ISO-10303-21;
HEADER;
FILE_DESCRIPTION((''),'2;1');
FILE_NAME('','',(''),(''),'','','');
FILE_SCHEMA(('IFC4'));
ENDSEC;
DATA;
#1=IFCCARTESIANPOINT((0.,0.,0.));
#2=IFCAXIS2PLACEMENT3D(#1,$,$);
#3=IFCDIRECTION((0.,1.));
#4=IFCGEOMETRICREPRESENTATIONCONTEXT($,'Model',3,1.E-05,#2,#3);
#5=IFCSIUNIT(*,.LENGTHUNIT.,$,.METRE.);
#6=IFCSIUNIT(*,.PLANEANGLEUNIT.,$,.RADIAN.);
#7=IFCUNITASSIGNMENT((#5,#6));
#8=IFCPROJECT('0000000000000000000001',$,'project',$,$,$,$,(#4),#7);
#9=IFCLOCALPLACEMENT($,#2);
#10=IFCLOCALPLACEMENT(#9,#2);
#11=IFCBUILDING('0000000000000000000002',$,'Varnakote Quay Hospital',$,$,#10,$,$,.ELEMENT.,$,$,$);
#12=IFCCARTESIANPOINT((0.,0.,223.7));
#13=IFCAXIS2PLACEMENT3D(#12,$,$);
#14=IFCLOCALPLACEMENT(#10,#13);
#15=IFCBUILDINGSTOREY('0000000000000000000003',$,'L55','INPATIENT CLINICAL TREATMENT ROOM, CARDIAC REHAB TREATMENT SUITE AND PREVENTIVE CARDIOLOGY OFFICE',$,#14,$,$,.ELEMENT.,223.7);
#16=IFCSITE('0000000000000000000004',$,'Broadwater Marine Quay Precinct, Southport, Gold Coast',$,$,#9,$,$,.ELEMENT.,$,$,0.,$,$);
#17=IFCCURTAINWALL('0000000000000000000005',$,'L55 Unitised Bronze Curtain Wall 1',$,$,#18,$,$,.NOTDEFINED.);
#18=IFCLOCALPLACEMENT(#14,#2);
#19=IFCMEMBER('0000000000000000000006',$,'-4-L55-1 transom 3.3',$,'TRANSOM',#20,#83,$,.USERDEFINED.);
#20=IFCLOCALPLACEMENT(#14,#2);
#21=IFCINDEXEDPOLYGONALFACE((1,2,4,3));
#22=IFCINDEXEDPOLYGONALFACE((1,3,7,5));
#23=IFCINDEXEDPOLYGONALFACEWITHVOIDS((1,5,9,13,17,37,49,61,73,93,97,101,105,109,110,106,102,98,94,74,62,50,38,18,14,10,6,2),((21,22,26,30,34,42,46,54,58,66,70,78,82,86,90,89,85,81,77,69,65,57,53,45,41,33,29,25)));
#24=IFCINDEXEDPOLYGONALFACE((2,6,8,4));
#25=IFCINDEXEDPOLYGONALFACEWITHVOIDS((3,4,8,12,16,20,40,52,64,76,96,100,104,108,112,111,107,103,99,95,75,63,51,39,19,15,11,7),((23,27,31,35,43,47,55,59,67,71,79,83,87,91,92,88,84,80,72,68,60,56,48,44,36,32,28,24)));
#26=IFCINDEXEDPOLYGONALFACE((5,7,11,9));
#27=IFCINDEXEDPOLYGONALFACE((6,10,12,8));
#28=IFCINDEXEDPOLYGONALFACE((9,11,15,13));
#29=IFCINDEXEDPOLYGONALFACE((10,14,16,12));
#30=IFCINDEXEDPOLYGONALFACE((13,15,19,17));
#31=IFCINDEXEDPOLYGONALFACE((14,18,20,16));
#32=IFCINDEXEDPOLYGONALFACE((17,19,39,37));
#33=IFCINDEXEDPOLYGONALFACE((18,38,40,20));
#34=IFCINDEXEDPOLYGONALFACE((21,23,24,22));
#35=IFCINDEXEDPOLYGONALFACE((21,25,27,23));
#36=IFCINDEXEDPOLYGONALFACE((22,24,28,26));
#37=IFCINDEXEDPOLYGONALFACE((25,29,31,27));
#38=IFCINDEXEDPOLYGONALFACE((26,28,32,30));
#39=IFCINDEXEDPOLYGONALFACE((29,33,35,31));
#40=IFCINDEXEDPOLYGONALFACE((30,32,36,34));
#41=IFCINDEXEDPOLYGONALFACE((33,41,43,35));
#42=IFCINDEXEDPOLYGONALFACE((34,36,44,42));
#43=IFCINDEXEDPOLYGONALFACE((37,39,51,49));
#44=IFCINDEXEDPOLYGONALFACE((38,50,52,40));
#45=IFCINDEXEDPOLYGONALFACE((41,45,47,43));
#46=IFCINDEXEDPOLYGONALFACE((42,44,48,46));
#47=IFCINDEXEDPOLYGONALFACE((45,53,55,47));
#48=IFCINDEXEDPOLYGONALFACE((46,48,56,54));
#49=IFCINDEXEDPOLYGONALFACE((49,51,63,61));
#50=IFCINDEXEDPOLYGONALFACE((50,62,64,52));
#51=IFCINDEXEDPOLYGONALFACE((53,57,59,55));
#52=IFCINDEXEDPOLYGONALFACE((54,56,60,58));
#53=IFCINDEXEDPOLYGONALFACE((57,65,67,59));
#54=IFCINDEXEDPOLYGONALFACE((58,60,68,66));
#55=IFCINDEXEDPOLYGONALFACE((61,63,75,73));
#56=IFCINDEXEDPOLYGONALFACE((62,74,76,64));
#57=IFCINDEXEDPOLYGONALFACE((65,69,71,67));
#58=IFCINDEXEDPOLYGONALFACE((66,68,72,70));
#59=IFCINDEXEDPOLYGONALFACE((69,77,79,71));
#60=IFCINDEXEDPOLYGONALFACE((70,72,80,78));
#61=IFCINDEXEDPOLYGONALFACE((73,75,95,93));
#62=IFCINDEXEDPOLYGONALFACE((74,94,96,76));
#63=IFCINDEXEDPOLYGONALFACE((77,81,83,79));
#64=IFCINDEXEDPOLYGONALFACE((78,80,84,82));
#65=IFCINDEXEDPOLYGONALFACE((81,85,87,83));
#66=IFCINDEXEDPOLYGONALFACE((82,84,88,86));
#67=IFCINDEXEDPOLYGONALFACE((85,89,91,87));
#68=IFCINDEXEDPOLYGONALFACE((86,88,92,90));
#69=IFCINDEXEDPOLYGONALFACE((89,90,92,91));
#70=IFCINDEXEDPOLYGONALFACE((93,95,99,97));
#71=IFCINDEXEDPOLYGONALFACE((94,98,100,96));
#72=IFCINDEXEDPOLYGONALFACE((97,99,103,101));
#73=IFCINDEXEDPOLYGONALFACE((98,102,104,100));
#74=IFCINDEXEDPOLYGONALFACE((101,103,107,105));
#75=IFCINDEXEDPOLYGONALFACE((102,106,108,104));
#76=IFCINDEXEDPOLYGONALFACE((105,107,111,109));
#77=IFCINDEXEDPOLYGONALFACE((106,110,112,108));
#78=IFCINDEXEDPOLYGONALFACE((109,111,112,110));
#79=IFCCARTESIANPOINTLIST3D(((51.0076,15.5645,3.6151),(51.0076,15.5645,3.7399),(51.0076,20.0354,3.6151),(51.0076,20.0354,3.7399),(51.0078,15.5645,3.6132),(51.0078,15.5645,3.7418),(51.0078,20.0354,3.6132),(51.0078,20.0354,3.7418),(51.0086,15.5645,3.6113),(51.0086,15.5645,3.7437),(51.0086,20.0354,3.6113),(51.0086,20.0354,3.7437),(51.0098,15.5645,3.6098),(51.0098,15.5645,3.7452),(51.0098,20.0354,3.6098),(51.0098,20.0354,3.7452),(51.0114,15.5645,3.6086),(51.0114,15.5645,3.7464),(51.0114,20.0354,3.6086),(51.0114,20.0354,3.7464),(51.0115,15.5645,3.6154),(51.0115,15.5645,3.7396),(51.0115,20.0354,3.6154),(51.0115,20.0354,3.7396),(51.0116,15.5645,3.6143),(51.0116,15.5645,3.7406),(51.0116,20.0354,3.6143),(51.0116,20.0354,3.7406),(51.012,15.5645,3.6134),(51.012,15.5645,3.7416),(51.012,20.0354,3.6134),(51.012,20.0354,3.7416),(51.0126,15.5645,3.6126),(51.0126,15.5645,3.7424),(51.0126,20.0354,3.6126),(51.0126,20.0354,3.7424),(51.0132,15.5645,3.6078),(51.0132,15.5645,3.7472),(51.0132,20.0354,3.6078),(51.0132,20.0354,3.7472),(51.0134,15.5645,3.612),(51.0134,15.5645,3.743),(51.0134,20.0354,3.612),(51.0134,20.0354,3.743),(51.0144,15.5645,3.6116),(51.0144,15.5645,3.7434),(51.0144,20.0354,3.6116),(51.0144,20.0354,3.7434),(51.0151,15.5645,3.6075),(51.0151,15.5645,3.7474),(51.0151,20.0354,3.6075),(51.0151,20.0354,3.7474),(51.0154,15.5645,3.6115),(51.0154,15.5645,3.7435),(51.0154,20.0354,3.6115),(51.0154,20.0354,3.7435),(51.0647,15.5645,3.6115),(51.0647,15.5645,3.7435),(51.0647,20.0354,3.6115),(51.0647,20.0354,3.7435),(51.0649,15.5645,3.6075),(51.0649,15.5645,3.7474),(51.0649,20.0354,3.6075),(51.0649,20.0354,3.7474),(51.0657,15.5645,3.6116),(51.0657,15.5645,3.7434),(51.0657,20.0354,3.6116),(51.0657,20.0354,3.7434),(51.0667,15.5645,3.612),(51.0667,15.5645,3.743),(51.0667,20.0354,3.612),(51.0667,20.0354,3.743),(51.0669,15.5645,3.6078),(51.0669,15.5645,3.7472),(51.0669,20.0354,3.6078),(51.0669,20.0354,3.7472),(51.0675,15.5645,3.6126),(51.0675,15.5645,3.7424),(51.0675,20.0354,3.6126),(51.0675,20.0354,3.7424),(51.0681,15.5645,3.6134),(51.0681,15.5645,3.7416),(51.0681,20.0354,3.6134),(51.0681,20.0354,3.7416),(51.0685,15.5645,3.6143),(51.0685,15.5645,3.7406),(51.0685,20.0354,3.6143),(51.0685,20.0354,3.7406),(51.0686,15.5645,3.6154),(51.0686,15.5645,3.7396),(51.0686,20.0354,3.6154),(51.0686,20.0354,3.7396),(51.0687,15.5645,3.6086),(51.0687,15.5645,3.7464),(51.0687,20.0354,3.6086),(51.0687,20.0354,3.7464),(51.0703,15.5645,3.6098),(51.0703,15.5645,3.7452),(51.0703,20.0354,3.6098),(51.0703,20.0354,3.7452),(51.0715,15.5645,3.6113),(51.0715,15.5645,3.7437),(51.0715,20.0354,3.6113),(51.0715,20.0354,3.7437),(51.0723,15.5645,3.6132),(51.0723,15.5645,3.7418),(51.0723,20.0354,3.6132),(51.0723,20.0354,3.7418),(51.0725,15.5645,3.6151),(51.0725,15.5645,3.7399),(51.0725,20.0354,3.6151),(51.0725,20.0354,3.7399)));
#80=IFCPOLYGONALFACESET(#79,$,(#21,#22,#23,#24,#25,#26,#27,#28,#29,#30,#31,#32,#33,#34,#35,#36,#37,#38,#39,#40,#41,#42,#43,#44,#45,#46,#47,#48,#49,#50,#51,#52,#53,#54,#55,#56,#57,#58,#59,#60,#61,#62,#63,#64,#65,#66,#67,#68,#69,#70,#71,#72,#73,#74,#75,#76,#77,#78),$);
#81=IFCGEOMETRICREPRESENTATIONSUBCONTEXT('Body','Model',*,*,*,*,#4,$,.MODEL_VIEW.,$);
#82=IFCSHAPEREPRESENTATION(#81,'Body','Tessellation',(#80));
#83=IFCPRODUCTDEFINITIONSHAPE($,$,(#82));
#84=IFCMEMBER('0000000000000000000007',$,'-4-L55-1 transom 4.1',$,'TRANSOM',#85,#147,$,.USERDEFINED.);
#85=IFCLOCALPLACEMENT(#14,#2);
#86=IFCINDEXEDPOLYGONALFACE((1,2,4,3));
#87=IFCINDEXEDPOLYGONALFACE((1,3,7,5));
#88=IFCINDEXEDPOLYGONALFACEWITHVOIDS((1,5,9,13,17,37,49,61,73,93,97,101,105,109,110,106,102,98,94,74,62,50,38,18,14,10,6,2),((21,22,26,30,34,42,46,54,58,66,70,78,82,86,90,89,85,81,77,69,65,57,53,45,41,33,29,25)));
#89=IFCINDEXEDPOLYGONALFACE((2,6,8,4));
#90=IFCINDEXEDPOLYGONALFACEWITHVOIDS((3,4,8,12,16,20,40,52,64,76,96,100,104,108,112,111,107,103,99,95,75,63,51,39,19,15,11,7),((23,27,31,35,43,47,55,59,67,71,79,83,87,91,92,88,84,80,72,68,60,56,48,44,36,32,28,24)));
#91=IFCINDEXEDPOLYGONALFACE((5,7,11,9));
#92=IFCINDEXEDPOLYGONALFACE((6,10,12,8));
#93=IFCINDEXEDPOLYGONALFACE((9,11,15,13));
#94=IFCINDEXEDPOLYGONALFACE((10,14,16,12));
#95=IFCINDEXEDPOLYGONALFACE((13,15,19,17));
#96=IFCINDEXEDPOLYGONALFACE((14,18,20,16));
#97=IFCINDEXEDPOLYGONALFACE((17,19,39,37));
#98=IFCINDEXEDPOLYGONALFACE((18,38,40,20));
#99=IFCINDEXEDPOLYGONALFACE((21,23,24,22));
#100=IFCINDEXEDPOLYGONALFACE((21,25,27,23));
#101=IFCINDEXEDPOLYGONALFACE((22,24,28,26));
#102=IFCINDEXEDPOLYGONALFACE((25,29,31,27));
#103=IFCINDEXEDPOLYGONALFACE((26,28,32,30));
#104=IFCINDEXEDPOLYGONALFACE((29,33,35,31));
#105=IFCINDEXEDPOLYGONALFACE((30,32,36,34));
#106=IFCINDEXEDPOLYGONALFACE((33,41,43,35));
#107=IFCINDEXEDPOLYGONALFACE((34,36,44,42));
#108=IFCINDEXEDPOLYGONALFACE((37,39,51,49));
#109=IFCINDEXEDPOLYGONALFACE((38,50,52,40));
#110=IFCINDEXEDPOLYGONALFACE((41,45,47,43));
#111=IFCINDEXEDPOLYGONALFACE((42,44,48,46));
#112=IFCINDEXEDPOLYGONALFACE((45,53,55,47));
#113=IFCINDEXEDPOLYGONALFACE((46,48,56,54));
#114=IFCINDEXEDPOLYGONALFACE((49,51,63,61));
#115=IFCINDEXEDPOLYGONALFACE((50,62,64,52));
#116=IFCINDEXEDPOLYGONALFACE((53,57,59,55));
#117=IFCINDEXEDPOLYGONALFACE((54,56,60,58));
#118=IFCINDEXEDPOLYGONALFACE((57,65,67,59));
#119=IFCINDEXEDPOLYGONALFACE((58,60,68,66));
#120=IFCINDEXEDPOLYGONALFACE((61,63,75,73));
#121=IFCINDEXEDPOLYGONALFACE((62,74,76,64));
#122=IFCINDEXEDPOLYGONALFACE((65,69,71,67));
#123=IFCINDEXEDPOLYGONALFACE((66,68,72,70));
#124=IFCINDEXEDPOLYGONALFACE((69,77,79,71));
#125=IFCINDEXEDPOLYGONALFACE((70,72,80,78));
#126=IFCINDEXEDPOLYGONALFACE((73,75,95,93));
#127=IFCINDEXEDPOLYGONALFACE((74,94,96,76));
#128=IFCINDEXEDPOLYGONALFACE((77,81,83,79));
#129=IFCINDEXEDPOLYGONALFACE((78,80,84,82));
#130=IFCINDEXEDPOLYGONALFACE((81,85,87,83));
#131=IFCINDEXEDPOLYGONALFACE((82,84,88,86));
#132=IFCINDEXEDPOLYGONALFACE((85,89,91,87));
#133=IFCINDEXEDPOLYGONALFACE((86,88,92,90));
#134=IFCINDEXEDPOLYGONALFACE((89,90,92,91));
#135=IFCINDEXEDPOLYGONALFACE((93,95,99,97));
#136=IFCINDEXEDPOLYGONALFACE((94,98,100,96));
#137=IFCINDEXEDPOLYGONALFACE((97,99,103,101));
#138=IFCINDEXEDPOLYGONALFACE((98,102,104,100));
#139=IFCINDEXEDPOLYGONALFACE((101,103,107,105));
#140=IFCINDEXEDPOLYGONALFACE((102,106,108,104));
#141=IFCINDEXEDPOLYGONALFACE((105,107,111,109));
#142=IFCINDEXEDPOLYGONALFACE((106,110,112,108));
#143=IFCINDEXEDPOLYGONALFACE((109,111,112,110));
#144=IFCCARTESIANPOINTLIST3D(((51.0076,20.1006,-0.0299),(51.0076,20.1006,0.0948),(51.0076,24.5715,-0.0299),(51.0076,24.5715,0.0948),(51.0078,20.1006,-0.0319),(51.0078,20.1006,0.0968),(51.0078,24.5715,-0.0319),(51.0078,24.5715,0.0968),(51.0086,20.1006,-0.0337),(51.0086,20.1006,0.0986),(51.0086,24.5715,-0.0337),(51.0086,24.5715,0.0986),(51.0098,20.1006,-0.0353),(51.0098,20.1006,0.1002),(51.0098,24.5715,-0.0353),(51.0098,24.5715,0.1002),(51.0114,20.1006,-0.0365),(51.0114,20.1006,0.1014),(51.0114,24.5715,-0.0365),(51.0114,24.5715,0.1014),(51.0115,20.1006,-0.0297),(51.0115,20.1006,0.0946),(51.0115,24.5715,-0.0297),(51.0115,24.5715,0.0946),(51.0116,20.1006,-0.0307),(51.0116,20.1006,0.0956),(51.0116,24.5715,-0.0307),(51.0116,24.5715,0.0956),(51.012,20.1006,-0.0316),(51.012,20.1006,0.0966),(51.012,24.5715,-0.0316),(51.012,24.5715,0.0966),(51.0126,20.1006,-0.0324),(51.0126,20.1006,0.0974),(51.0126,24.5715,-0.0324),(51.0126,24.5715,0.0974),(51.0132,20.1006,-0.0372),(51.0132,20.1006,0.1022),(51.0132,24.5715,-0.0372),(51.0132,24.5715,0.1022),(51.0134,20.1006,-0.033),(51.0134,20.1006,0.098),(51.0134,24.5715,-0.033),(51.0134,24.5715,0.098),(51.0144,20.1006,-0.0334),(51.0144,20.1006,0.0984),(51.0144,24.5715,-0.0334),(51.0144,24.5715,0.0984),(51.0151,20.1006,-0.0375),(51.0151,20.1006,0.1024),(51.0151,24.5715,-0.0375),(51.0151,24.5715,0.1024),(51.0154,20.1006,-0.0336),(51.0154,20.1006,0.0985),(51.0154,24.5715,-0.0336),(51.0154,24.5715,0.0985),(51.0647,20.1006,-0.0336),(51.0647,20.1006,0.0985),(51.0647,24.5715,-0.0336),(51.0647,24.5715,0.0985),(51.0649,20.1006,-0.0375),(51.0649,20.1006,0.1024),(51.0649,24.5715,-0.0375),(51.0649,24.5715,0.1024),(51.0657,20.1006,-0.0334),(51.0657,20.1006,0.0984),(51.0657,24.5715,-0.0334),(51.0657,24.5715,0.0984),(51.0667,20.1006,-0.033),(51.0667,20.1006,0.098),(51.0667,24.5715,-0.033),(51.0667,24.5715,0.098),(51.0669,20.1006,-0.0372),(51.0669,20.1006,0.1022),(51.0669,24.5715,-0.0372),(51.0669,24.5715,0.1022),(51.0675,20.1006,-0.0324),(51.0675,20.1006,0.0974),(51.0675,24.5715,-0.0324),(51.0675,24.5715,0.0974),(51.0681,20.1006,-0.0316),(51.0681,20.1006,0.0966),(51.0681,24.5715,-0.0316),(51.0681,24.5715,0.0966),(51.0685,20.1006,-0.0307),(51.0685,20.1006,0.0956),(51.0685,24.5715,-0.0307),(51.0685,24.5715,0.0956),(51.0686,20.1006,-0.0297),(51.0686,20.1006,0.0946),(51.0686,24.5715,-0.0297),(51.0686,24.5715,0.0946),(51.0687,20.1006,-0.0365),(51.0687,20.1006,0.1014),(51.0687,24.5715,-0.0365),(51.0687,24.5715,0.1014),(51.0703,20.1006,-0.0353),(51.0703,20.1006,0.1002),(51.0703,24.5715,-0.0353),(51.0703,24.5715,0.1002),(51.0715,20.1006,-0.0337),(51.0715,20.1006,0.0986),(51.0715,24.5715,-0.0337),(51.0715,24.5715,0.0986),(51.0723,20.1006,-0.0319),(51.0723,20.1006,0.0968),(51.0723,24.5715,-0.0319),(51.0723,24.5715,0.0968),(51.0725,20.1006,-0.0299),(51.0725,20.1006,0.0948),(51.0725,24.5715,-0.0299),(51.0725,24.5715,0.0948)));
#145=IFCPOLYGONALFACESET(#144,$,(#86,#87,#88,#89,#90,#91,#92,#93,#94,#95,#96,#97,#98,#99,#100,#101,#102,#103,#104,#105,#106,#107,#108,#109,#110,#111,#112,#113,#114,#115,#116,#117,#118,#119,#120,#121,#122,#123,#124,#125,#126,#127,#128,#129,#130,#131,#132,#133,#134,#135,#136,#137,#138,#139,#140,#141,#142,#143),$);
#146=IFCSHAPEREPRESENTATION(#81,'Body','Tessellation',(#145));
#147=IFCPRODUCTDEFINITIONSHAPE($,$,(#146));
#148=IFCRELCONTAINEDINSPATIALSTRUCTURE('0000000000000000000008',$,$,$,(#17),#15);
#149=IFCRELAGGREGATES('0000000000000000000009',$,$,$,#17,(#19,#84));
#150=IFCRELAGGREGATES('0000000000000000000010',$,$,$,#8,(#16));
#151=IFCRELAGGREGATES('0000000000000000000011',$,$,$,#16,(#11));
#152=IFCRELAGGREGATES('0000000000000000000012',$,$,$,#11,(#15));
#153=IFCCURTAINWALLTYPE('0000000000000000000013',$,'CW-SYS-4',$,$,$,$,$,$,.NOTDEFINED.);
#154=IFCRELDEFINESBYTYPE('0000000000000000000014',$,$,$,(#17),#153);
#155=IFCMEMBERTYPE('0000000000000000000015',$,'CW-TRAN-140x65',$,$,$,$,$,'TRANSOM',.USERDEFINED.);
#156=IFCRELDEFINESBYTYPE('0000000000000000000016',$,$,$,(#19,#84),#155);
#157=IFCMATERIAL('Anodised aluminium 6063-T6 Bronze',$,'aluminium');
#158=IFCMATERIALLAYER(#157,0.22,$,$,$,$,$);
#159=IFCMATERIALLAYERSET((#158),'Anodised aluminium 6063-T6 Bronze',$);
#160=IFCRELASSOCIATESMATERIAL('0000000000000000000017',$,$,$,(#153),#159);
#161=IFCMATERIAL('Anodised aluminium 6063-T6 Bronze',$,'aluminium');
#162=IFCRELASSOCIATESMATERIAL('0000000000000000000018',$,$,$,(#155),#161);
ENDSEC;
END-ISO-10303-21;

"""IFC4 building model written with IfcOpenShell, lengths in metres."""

from ifc_helpers import new_model, si_unit, direction, frame, origin, origin_2d, place, context, subcontext, project, spatial, hollow_rectangle, extrude, material, layer, layer_set, material_profile, profile_set, type_object, element, aggregate, save


model = new_model("IFC4")

# Units and contexts
model_context = context("Model", 3, precision=1e-05, world=origin(), true_north=direction((0.0, 1.0)))
body_context = subcontext(model_context, "Body", "Model", "MODEL_VIEW")
ifc_project = project(units=[si_unit("LENGTHUNIT", "METRE"), si_unit("PLANEANGLEUNIT", "RADIAN")], contexts=[model_context])

# Site, building, storey
site_placement = place(None, origin())
site = spatial("IfcSite", under=ifc_project, at=site_placement, Name="Broadwater Marine Quay Precinct, Southport, Gold Coast", CompositionType="ELEMENT", RefElevation=0.0)
building_placement = place(site_placement, origin())
building = spatial("IfcBuilding", under=site, at=building_placement, Name="Varnakote Quay Hospital", CompositionType="ELEMENT")
storey_placement = place(building_placement, frame((0.0, 0.0, 223.7)))
storey = spatial("IfcBuildingStorey", under=building, at=storey_placement, Name="L55", Description="INPATIENT CLINICAL TREATMENT ROOM, CARDIAC REHAB TREATMENT SUITE AND PREVENTIVE CARDIOLOGY OFFICE", CompositionType="ELEMENT", Elevation=223.7)

# Curtain wall, members
ifc_material_1 = material(Name="Anodised aluminium 6063-T6 Bronze", Category="aluminium")
ifc_layer_1 = layer(ifc_material_1, 0.22)
ifc_layer_set_1 = layer_set([ifc_layer_1], Name="Anodised aluminium 6063-T6 Bronze")
curtain_wall_type = type_object("IfcCurtainWallType", Name="CW-SYS-4", PredefinedType="NOTDEFINED", material=ifc_layer_set_1)
curtain_wall_placement = place(storey_placement, origin())
curtain_wall = element("IfcCurtainWall", 1, at=curtain_wall_placement, inside=storey, type_object=curtain_wall_type, Name="L55 Unitised Bronze Curtain Wall 1", PredefinedType="NOTDEFINED")
ifc_material_2 = material(Name="Anodised aluminium 6063-T6 Bronze", Category="aluminium")
ifc_material_profile_1 = material_profile(ifc_material_2, hollow_rectangle(XDim=0.0649, YDim=0.1399, WallThickness=0.0039, InnerFilletRadius=0.0039, OuterFilletRadius=0.0076, at=origin_2d()), Name="CW-TRAN-140x65")
ifc_profile_set_1 = profile_set([ifc_material_profile_1], Name="Anodised aluminium 6063-T6 Bronze")
member_type_1 = type_object("IfcMemberType", Name="CW-TRAN-140x65", ElementType="TRANSOM", PredefinedType="USERDEFINED", material=ifc_profile_set_1)
member_1_placement = place(storey_placement, frame((51.04, 15.5645, 3.6775), z_axis=(0.0, 1.0, 0.0), x_axis=(-1.0, 0.0, 0.0)))
member_1 = element("IfcMember", 2, at=member_1_placement, type_object=member_type_1, Name="-4-L55-1 transom 3.3", ObjectType="TRANSOM", PredefinedType="USERDEFINED", context=body_context, shape_type="SweptSolid", body=[
    extrude(hollow_rectangle(XDim=0.0649, YDim=0.1399, WallThickness=0.0039, InnerFilletRadius=0.0039, OuterFilletRadius=0.0076, at=origin_2d()), origin(), (0.0, 0.0, 1.0), 4.4709),
])
member_2_placement = place(storey_placement, frame((51.04, 20.1006, 0.0325), z_axis=(0.0, 1.0, 0.0), x_axis=(-1.0, 0.0, 0.0)))
member_2 = element("IfcMember", 3, at=member_2_placement, type_object=member_type_1, Name="-4-L55-1 transom 4.1", ObjectType="TRANSOM", PredefinedType="USERDEFINED", context=body_context, shape_type="SweptSolid", body=[
    extrude(hollow_rectangle(XDim=0.0649, YDim=0.1399, WallThickness=0.0039, InnerFilletRadius=0.0039, OuterFilletRadius=0.0076, at=origin_2d()), origin(), (0.0, 0.0, 1.0), 4.4709),
])
aggregate(curtain_wall, [member_1, member_2])

save(model, "model.ifc")
